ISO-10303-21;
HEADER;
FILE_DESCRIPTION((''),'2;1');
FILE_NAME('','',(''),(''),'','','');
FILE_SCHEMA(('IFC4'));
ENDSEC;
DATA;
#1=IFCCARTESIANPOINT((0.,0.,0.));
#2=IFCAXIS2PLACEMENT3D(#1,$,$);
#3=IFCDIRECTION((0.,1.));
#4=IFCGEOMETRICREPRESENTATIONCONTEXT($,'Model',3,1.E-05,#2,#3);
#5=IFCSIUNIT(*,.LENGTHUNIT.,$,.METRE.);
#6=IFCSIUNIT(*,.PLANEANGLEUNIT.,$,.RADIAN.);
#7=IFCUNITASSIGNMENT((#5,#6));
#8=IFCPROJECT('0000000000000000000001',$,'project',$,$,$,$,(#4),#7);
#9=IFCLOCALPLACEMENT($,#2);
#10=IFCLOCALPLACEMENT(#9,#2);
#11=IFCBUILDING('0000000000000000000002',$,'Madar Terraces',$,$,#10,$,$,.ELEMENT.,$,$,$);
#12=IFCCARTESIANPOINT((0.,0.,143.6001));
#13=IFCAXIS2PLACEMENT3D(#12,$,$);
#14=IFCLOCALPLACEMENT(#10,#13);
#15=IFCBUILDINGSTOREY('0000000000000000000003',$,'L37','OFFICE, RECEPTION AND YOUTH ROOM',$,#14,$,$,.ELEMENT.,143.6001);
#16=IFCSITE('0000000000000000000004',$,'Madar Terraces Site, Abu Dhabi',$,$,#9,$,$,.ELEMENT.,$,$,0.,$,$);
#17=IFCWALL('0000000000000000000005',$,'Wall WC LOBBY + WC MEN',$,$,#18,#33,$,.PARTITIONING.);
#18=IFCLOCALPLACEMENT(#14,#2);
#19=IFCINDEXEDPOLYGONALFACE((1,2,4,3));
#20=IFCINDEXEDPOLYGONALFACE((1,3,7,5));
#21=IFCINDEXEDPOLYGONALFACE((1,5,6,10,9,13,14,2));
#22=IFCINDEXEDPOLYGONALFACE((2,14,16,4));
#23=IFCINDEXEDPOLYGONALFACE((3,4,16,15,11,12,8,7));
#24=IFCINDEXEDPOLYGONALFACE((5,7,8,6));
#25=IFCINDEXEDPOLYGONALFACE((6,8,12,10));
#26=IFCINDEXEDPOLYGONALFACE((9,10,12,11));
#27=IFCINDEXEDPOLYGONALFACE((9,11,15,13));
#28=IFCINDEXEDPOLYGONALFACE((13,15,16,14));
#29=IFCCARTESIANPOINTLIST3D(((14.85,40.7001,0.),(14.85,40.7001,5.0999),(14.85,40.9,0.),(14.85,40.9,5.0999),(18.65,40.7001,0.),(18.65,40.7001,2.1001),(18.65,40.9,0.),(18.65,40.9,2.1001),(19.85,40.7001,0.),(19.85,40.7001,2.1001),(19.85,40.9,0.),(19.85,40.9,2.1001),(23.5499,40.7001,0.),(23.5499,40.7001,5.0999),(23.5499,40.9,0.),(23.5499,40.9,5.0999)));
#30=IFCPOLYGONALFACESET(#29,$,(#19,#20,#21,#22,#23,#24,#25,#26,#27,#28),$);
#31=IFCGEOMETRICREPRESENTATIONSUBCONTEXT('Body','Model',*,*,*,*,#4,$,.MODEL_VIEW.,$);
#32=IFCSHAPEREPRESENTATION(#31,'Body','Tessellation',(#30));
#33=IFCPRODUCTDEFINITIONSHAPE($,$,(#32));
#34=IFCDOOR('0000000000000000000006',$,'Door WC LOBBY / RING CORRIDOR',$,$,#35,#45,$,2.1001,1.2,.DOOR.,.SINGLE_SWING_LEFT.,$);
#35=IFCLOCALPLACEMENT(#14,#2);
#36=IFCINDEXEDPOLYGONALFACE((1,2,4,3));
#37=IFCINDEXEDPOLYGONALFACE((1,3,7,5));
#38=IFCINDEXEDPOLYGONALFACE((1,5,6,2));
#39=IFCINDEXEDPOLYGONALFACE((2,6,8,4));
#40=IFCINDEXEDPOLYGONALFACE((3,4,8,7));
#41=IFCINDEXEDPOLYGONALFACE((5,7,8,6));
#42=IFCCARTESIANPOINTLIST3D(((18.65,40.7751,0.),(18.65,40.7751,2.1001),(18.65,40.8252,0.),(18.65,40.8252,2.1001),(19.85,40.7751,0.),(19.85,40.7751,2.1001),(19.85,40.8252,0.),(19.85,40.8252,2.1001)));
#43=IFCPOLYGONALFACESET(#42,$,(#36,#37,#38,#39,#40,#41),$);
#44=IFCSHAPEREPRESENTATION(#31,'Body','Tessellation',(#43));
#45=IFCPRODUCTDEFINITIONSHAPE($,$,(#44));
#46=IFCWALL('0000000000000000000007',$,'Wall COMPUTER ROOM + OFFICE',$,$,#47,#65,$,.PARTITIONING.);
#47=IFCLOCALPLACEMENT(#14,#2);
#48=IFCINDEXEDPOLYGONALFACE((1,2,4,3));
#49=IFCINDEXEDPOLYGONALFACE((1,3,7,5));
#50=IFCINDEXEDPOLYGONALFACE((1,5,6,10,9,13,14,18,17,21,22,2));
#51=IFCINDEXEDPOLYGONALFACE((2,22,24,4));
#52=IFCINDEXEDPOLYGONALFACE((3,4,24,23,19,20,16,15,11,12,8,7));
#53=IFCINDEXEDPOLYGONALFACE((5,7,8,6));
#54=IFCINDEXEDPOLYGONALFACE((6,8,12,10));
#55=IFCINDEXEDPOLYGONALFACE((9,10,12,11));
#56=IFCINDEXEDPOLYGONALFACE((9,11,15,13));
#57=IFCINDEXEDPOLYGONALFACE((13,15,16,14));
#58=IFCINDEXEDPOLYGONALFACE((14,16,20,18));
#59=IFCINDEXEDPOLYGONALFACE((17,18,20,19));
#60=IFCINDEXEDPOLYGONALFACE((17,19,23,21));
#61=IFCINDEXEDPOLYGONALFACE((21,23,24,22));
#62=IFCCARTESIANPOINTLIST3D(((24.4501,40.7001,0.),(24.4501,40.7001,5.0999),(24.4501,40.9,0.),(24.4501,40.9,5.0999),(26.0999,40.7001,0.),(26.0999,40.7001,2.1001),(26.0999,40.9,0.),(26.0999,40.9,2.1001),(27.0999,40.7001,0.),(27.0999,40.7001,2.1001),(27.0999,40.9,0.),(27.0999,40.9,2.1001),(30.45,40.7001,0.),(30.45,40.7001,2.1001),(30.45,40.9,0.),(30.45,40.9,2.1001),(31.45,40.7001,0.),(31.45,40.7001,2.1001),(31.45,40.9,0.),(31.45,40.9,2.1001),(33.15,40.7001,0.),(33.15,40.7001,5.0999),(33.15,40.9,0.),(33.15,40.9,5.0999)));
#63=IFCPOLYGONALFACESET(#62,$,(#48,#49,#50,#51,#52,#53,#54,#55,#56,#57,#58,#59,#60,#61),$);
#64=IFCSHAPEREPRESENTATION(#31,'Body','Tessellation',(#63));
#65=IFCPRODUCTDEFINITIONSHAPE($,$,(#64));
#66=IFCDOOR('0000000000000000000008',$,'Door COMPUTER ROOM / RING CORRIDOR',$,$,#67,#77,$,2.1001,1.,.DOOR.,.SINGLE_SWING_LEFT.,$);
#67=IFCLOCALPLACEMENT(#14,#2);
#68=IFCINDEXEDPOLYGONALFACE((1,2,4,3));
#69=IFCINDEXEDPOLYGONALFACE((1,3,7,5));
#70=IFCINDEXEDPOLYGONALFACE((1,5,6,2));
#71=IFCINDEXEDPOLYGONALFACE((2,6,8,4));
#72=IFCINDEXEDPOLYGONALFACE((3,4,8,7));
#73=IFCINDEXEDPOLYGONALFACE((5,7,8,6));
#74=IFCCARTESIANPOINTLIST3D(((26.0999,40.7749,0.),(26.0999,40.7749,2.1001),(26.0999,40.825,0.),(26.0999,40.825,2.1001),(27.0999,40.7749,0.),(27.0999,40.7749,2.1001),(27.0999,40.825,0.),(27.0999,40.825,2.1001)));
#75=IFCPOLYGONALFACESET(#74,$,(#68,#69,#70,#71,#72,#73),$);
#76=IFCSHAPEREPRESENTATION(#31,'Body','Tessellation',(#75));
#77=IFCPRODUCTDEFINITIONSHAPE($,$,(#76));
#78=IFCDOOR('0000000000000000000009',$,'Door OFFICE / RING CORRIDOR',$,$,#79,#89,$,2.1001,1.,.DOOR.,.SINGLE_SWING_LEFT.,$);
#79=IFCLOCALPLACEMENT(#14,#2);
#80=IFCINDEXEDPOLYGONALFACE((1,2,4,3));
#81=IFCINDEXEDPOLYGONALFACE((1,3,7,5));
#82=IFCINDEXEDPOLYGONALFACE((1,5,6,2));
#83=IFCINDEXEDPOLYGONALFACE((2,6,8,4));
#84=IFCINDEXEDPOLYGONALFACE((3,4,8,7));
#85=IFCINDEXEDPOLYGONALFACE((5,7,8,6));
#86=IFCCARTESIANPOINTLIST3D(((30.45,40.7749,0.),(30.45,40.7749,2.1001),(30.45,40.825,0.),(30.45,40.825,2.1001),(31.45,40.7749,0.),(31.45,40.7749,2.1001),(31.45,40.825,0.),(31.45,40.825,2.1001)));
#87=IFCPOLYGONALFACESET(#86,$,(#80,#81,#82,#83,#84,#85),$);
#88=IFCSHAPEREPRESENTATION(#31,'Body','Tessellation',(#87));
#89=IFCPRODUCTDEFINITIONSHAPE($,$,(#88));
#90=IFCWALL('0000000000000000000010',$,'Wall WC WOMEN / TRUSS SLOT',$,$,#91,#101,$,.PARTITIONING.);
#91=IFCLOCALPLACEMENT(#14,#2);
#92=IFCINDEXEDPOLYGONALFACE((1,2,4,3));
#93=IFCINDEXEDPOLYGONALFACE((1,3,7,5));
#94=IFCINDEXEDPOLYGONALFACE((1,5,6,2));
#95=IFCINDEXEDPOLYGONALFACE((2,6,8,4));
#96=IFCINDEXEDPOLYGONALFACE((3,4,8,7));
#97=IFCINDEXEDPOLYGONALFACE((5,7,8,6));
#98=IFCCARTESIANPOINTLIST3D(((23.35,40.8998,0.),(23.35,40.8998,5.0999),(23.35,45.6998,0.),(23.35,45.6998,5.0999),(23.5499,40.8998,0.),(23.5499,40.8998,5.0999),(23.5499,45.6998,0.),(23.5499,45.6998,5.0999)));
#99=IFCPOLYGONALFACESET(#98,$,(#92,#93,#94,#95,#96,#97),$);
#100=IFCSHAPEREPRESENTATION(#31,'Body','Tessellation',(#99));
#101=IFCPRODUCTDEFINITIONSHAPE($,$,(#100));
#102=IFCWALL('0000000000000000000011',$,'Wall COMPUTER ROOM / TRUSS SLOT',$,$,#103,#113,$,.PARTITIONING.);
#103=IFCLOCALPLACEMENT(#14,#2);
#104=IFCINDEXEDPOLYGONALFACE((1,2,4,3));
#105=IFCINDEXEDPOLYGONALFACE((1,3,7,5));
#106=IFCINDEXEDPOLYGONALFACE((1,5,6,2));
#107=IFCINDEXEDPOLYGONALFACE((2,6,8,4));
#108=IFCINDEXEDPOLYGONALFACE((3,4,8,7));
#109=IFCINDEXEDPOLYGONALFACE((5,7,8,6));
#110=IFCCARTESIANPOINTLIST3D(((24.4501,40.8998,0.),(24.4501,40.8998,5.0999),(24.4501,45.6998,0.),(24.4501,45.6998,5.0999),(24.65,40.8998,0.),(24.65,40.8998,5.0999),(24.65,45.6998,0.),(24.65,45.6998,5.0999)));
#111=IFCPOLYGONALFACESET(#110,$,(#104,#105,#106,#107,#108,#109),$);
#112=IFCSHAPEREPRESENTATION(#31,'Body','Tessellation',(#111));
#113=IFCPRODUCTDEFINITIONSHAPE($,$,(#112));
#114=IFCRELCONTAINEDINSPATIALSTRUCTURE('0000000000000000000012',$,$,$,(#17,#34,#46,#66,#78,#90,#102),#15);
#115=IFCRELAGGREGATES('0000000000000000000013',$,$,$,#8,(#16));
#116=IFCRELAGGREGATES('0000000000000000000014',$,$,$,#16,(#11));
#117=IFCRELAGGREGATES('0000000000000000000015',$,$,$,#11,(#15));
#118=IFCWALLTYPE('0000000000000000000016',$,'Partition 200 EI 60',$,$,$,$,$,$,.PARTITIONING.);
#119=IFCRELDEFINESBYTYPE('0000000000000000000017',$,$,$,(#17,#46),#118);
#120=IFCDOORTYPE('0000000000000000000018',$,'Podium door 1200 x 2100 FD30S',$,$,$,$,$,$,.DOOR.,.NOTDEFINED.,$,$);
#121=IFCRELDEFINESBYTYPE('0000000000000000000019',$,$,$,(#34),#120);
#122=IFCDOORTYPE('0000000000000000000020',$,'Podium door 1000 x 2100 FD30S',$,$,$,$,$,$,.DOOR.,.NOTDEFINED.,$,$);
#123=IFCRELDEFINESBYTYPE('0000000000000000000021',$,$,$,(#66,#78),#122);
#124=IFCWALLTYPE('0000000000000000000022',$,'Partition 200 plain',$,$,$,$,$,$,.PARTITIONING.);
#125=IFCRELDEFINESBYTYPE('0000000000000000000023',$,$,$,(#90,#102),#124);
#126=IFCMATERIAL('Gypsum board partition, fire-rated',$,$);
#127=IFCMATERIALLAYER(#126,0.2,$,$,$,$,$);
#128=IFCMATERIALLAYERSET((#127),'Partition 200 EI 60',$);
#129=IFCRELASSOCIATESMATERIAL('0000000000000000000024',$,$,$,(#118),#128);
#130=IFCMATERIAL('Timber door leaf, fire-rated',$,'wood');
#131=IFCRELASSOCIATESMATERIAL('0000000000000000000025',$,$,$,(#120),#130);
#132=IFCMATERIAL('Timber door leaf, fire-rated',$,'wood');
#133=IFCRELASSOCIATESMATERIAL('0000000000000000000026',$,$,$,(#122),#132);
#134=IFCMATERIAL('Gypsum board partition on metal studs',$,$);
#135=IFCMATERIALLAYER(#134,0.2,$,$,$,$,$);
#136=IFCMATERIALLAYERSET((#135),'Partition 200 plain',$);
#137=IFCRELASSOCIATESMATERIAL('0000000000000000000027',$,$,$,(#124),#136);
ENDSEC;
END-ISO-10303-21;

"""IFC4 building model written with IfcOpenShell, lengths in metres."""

from ifc_helpers import new_model, si_unit, direction, frame, frame_2d, origin, place, context, subcontext, project, spatial, rectangle, extrude, material, layer, layer_set, type_object, element, fill, save


model = new_model("IFC4")

# Units and contexts
model_context = context("Model", 3, precision=1e-05, world=origin(), true_north=direction((0.0, 1.0)))
body_context = subcontext(model_context, "Body", "Model", "MODEL_VIEW")
ifc_project = project(units=[si_unit("LENGTHUNIT", "METRE"), si_unit("PLANEANGLEUNIT", "RADIAN")], contexts=[model_context])

# Site, building, storey
site_placement = place(None, origin())
site = spatial("IfcSite", under=ifc_project, at=site_placement, Name="Madar Terraces Site, Abu Dhabi", CompositionType="ELEMENT", RefElevation=0.0)
building_placement = place(site_placement, origin())
building = spatial("IfcBuilding", under=site, at=building_placement, Name="Madar Terraces", CompositionType="ELEMENT")
storey_placement = place(building_placement, frame((0.0, 0.0, 143.6001)))
storey = spatial("IfcBuildingStorey", under=building, at=storey_placement, Name="L37", Description="OFFICE, RECEPTION AND YOUTH ROOM", CompositionType="ELEMENT", Elevation=143.6001)

# Wall, opening, door
ifc_material_1 = material(Name="Gypsum board partition, fire-rated")
ifc_layer_1 = layer(ifc_material_1, 0.2)
ifc_layer_set_1 = layer_set([ifc_layer_1], Name="Partition 200 EI 60")
wall_type_1 = type_object("IfcWallType", Name="Partition 200 EI 60", PredefinedType="PARTITIONING", material=ifc_layer_set_1)
wall_1_placement = place(storey_placement, frame((23.55, 40.8, 0.0), z_axis=(0.0, 0.0, 1.0), x_axis=(-1.0, 0.0, 0.0)))
wall_1 = element("IfcWall", 1, at=wall_1_placement, inside=storey, type_object=wall_type_1, Name="Wall WC LOBBY + WC MEN", PredefinedType="PARTITIONING", context=body_context, shape_type="SweptSolid", body=[
    extrude(rectangle(XDim=8.7, YDim=0.2, at=frame_2d((4.3501, 0.0))), origin(), (0.0, 0.0, 1.0), 5.0999),
])
opening_1_placement = place(wall_1_placement, frame((3.7, 0.0, 0.0)))
opening_1 = element("IfcOpeningElement", 2, at=opening_1_placement, cuts=wall_1, PredefinedType="OPENING", context=body_context, shape_type="SweptSolid", body=[
    extrude(rectangle(XDim=1.2, YDim=2.1001, at=frame_2d((0.6001, 1.05))), frame((0.0, 0.1099, 0.0), z_axis=(0.0, -1.0, 0.0), x_axis=(1.0, 0.0, 0.0)), (0.0, 0.0, 1.0), 0.22),
])
ifc_material_2 = material(Name="Timber door leaf, fire-rated", Category="wood")
door_type_1 = type_object("IfcDoorType", Name="Podium door 1200 x 2100 FD30S", OperationType="NOTDEFINED", PredefinedType="DOOR", material=ifc_material_2)
door_1_placement = place(opening_1_placement, origin())
door_1 = element("IfcDoor", 3, at=door_1_placement, inside=storey, type_object=door_type_1, Name="Door WC LOBBY / RING CORRIDOR", OperationType="SINGLE_SWING_LEFT", OverallHeight=2.1001, OverallWidth=1.2, PredefinedType="DOOR", context=body_context, shape_type="SweptSolid", body=[
    extrude(rectangle(XDim=1.2, YDim=2.1001, at=frame_2d((0.6001, 1.05))), frame((0.0, 0.0249, 0.0), z_axis=(0.0, -1.0, 0.0), x_axis=(1.0, 0.0, 0.0)), (0.0, 0.0, 1.0), 0.05),
])
fill(opening_1, door_1)

# Wall, openings, doors
wall_2_placement = place(storey_placement, frame((24.45, 40.8, 0.0), z_axis=(0.0, 0.0, 1.0), x_axis=(1.0, 0.0, 0.0)))
wall_2 = element("IfcWall", 4, at=wall_2_placement, inside=storey, type_object=wall_type_1, Name="Wall COMPUTER ROOM + OFFICE", PredefinedType="PARTITIONING", context=body_context, shape_type="SweptSolid", body=[
    extrude(rectangle(XDim=8.7, YDim=0.2, at=frame_2d((4.3501, 0.0))), origin(), (0.0, 0.0, 1.0), 5.0999),
])
opening_2_placement = place(wall_2_placement, frame((1.6499, 0.0, 0.0)))
opening_2 = element("IfcOpeningElement", 5, at=opening_2_placement, cuts=wall_2, PredefinedType="OPENING", context=body_context, shape_type="SweptSolid", body=[
    extrude(rectangle(XDim=1.0, YDim=2.1001, at=frame_2d((0.5, 1.05))), frame((0.0, 0.1099, 0.0), z_axis=(0.0, -1.0, 0.0), x_axis=(1.0, 0.0, 0.0)), (0.0, 0.0, 1.0), 0.22),
])
opening_3_placement = place(wall_2_placement, frame((6.0, 0.0, 0.0)))
opening_3 = element("IfcOpeningElement", 6, at=opening_3_placement, cuts=wall_2, PredefinedType="OPENING", context=body_context, shape_type="SweptSolid", body=[
    extrude(rectangle(XDim=1.0, YDim=2.1001, at=frame_2d((0.5, 1.05))), frame((0.0, 0.1099, 0.0), z_axis=(0.0, -1.0, 0.0), x_axis=(1.0, 0.0, 0.0)), (0.0, 0.0, 1.0), 0.22),
])
ifc_material_3 = material(Name="Timber door leaf, fire-rated", Category="wood")
door_type_2 = type_object("IfcDoorType", Name="Podium door 1000 x 2100 FD30S", OperationType="NOTDEFINED", PredefinedType="DOOR", material=ifc_material_3)
door_2_placement = place(opening_2_placement, origin())
door_2 = element("IfcDoor", 7, at=door_2_placement, inside=storey, type_object=door_type_2, Name="Door COMPUTER ROOM / RING CORRIDOR", OperationType="SINGLE_SWING_LEFT", OverallHeight=2.1001, OverallWidth=1.0, PredefinedType="DOOR", context=body_context, shape_type="SweptSolid", body=[
    extrude(rectangle(XDim=1.0, YDim=2.1001, at=frame_2d((0.5, 1.05))), frame((0.0, 0.0249, 0.0), z_axis=(0.0, -1.0, 0.0), x_axis=(1.0, 0.0, 0.0)), (0.0, 0.0, 1.0), 0.05),
])
fill(opening_2, door_2)
door_3_placement = place(opening_3_placement, origin())
door_3 = element("IfcDoor", 8, at=door_3_placement, inside=storey, type_object=door_type_2, Name="Door OFFICE / RING CORRIDOR", OperationType="SINGLE_SWING_LEFT", OverallHeight=2.1001, OverallWidth=1.0, PredefinedType="DOOR", context=body_context, shape_type="SweptSolid", body=[
    extrude(rectangle(XDim=1.0, YDim=2.1001, at=frame_2d((0.5, 1.05))), frame((0.0, 0.0249, 0.0), z_axis=(0.0, -1.0, 0.0), x_axis=(1.0, 0.0, 0.0)), (0.0, 0.0, 1.0), 0.05),
])
fill(opening_3, door_3)

# Walls
ifc_material_4 = material(Name="Gypsum board partition on metal studs")
ifc_layer_2 = layer(ifc_material_4, 0.2)
ifc_layer_set_2 = layer_set([ifc_layer_2], Name="Partition 200 plain")
wall_type_2 = type_object("IfcWallType", Name="Partition 200 plain", PredefinedType="PARTITIONING", material=ifc_layer_set_2)
for number, where, z_axis, x_axis, name in (
    (9, (23.45, 40.8999, 0.0), (0.0, 0.0, 1.0), (0.0, 1.0, 0.0), "Wall WC WOMEN / TRUSS SLOT"),
    (10, (24.55, 40.8999, 0.0), (0.0, 0.0, 1.0), (0.0, 1.0, 0.0), "Wall COMPUTER ROOM / TRUSS SLOT"),
):
    element("IfcWall", number, at=place(storey_placement, frame(where, z_axis=z_axis, x_axis=x_axis)), inside=storey, type_object=wall_type_2, Name=name, PredefinedType="PARTITIONING", context=body_context, shape_type="SweptSolid", body=[
        extrude(rectangle(XDim=4.8, YDim=0.2, at=frame_2d((2.3999, 0.0))), origin(), (0.0, 0.0, 1.0), 5.0999),
    ])

save(model, "model.ifc")
